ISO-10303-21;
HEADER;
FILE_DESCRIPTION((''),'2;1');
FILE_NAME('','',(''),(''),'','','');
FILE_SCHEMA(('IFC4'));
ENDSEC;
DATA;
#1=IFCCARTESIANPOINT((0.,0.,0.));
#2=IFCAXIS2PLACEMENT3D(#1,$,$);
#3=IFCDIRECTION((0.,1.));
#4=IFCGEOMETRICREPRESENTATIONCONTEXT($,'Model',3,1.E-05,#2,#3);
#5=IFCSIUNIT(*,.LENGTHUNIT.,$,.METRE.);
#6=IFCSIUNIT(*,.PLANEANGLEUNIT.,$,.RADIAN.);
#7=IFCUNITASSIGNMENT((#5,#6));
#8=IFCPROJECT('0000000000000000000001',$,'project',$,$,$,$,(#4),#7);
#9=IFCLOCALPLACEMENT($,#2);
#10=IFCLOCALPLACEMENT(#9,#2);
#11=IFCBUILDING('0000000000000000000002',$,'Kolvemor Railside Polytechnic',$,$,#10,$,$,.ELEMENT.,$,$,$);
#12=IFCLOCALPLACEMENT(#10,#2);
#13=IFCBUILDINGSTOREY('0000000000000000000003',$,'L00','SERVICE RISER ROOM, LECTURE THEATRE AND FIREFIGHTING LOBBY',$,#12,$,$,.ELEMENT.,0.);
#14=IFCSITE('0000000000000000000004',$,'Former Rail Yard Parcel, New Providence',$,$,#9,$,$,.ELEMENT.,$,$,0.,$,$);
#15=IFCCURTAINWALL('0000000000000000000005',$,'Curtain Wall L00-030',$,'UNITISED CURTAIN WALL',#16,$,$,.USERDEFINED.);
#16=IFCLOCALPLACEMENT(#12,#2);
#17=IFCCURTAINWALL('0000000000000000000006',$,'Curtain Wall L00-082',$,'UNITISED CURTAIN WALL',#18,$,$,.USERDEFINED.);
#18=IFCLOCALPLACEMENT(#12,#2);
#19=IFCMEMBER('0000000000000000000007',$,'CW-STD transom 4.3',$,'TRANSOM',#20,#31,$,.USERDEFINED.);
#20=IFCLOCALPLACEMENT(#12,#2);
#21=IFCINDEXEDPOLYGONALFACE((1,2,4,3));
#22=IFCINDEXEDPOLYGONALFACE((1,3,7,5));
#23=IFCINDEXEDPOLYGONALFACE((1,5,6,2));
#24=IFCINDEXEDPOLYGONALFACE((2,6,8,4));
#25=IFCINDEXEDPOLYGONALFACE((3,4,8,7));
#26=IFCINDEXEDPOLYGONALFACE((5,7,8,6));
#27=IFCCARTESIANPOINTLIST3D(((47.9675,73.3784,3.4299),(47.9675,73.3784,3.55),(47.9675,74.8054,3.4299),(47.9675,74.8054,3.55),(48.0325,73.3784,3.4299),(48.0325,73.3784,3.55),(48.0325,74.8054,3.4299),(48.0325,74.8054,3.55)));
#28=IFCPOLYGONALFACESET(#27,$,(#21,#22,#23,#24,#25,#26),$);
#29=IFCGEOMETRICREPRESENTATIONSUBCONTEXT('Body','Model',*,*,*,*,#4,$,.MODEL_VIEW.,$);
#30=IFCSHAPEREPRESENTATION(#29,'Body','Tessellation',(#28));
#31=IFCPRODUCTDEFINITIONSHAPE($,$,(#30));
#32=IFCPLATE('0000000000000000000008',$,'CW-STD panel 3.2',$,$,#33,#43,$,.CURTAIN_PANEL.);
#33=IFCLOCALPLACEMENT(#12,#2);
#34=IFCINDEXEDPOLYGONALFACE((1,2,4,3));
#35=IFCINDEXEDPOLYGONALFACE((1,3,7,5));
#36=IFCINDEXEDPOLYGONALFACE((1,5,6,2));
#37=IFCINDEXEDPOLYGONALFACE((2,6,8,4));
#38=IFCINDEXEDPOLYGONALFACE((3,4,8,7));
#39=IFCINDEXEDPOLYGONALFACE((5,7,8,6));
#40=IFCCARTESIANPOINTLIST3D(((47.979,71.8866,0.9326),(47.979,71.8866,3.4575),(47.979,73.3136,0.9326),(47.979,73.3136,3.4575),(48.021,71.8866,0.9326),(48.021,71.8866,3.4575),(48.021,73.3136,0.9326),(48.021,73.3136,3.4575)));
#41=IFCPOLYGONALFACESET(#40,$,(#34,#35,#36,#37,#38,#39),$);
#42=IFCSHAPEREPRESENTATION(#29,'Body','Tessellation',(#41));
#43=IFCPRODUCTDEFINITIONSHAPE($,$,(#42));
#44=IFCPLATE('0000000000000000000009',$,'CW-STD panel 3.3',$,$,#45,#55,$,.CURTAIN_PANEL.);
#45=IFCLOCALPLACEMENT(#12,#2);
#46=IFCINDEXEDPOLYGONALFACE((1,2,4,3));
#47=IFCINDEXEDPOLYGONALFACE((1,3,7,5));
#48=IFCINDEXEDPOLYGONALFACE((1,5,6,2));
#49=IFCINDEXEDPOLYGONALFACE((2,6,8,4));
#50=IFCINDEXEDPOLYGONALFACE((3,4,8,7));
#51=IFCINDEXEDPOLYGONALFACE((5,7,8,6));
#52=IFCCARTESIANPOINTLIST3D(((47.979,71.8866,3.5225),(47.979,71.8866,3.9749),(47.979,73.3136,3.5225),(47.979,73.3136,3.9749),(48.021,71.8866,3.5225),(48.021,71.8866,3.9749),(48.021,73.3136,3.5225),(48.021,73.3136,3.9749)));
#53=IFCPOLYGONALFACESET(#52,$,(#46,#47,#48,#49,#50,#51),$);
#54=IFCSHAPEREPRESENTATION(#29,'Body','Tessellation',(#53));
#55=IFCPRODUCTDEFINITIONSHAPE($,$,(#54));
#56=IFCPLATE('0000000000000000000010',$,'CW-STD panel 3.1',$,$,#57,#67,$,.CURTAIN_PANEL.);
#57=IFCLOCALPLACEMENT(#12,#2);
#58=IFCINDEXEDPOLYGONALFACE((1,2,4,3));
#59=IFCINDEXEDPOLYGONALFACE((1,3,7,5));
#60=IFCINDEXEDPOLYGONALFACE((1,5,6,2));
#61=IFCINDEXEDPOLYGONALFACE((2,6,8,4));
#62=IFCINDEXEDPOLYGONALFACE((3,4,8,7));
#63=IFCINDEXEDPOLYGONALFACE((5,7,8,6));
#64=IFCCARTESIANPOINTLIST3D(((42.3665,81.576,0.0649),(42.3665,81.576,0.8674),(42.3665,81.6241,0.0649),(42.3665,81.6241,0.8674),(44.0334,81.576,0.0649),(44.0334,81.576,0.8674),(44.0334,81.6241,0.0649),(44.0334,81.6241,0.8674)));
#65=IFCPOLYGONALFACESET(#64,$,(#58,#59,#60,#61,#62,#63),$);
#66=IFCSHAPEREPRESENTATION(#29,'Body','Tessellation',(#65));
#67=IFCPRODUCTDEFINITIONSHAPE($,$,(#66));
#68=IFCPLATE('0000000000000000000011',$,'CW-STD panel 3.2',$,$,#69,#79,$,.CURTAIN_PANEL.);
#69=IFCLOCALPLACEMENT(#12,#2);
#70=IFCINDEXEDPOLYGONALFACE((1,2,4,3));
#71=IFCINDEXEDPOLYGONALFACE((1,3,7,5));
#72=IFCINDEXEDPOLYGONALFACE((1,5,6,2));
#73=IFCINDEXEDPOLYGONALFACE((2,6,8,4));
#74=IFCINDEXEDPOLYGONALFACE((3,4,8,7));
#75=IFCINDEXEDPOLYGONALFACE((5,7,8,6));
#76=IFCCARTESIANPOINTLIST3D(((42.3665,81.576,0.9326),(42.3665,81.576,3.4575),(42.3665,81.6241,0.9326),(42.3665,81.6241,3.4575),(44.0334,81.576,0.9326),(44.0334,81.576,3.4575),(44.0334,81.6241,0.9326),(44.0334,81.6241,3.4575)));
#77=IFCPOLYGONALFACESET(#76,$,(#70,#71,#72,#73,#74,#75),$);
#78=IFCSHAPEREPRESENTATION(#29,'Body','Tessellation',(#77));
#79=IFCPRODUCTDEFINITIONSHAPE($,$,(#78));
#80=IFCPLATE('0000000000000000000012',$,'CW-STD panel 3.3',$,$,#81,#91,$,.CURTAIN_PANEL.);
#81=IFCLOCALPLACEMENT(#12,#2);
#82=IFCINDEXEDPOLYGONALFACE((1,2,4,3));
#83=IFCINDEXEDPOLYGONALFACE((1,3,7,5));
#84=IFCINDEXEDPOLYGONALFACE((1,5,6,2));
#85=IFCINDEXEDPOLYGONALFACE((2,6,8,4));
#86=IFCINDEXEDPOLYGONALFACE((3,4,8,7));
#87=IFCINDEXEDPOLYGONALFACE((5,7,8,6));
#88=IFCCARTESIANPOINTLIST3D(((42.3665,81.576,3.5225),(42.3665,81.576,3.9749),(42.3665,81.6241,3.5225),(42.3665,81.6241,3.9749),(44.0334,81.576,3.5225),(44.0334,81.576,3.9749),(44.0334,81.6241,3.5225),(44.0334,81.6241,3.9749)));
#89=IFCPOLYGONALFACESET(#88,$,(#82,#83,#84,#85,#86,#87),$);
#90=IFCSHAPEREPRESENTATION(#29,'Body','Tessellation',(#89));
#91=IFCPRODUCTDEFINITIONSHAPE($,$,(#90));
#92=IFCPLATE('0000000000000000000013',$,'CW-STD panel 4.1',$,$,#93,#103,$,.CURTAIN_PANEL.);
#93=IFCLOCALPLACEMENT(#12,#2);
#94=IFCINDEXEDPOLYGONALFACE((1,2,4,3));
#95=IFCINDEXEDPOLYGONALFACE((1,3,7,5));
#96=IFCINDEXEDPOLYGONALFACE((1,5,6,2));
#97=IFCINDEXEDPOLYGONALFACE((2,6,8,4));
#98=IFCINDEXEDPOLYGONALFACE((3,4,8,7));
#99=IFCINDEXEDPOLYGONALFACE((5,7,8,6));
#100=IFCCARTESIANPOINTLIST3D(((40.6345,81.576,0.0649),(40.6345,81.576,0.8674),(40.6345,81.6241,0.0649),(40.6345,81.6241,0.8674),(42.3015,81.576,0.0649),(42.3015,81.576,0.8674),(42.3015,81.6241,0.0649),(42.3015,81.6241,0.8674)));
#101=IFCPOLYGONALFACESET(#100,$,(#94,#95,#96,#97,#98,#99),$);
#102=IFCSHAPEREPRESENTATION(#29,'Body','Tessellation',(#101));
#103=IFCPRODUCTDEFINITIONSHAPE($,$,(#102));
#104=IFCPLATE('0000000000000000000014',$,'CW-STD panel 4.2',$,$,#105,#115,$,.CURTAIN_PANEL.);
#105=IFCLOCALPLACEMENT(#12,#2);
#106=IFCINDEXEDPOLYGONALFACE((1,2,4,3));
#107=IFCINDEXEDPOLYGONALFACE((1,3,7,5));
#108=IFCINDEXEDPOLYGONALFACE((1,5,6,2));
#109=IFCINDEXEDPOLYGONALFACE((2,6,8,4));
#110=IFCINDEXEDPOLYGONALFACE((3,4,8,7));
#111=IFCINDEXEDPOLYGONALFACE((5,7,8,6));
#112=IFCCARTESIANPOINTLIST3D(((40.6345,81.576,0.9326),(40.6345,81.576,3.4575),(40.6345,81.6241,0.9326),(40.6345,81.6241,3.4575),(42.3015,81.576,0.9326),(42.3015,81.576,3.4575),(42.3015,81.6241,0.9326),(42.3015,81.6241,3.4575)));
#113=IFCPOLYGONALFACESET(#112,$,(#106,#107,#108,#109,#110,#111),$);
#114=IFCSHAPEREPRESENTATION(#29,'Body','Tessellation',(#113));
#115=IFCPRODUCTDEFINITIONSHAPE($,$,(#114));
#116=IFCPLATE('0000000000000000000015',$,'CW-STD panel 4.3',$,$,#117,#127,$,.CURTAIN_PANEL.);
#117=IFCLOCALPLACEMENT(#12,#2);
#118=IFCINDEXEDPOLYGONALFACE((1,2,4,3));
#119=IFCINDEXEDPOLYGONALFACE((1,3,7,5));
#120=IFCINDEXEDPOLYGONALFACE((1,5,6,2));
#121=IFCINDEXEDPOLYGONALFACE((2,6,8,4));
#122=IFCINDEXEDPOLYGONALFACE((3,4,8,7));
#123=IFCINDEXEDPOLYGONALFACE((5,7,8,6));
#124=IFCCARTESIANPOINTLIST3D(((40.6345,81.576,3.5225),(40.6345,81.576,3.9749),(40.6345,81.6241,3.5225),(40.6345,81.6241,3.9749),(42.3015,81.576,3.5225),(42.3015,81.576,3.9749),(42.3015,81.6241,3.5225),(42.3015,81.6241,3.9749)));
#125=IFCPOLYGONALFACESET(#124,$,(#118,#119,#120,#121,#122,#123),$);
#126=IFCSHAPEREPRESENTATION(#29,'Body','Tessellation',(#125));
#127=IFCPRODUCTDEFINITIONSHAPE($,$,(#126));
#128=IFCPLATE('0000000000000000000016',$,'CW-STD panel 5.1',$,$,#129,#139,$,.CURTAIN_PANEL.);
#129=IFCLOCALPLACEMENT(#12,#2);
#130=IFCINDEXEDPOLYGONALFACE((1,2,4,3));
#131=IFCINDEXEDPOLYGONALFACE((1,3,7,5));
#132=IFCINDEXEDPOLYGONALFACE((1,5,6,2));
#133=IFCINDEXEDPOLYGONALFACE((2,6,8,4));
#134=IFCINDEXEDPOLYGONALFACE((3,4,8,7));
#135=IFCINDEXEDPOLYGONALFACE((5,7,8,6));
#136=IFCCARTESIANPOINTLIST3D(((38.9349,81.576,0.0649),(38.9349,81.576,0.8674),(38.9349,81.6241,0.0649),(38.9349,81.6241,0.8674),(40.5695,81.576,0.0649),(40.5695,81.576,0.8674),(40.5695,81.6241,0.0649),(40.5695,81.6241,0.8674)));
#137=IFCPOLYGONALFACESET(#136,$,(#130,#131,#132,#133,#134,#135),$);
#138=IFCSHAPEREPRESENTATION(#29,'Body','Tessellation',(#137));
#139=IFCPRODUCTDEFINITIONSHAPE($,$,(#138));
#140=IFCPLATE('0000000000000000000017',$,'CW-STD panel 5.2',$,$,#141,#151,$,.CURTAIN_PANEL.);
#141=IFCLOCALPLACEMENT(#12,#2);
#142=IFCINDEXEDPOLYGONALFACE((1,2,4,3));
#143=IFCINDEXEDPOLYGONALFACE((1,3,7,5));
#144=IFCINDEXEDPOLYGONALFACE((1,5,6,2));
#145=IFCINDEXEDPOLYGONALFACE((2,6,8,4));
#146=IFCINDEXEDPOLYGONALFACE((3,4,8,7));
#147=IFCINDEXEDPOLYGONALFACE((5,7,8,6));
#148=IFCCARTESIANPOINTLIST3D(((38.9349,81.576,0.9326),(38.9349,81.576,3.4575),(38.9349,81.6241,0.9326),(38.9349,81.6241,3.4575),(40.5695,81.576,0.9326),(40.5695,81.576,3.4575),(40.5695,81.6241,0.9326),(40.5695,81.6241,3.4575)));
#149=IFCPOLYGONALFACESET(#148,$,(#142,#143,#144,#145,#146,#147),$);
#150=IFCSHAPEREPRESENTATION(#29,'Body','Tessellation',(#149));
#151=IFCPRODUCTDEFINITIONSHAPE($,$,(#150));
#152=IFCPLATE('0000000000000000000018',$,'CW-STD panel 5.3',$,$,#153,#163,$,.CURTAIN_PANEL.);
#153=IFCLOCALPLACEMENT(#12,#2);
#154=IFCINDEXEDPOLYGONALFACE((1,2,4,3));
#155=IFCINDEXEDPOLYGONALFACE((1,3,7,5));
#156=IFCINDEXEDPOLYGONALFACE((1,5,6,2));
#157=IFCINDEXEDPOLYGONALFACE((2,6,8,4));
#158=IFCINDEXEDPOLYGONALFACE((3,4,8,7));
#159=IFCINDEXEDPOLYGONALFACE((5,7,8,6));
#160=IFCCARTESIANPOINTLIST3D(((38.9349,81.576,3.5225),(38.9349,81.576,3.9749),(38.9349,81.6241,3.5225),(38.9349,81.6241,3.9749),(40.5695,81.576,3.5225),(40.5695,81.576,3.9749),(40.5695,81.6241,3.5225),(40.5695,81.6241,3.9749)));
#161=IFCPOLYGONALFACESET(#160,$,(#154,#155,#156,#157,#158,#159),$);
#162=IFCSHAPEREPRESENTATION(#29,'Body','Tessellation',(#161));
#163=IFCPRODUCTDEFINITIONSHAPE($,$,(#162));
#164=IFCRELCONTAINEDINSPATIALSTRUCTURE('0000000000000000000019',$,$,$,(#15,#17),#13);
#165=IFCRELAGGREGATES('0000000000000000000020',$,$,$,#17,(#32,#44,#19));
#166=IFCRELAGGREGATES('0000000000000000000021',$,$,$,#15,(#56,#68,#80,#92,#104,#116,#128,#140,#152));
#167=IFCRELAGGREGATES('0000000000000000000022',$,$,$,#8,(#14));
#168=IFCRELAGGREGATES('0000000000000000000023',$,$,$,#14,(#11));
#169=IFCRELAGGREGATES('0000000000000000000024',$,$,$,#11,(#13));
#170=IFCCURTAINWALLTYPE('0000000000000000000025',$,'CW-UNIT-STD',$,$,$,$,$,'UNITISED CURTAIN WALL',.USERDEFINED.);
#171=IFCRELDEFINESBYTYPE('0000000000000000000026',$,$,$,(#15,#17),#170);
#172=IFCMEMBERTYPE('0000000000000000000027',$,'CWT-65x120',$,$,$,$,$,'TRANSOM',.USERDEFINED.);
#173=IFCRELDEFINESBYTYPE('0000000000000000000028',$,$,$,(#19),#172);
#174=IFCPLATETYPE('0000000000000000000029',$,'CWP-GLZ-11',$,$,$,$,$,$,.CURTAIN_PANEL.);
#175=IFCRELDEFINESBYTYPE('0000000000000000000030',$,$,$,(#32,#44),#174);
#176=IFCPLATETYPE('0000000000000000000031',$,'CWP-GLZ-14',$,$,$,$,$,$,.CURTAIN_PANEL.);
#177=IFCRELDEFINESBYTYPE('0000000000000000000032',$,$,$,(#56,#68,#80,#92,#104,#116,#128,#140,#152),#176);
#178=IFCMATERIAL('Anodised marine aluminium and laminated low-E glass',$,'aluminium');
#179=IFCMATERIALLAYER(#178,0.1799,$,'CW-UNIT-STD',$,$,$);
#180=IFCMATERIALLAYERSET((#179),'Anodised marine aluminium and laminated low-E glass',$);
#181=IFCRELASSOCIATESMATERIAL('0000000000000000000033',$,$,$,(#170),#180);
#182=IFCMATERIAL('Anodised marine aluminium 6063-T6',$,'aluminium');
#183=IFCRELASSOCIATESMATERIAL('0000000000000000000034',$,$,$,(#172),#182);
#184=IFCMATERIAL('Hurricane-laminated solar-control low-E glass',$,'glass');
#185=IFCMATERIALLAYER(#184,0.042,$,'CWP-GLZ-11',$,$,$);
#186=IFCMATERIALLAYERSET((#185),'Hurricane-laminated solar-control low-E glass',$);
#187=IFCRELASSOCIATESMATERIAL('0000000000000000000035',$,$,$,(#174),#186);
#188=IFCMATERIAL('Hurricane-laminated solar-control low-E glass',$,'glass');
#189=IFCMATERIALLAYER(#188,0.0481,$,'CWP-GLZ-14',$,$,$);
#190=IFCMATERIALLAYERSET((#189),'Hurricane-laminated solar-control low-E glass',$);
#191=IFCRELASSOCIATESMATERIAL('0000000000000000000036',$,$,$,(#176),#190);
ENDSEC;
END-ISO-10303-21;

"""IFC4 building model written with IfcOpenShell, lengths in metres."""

from ifc_helpers import new_model, si_unit, direction, frame, origin, origin_2d, place, context, subcontext, project, spatial, rectangle, extrude, material, layer, layer_set, material_profile, profile_set, type_object, element, aggregate, save


model = new_model("IFC4")

# Units and contexts
model_context = context("Model", 3, precision=1e-05, world=origin(), true_north=direction((0.0, 1.0)))
body_context = subcontext(model_context, "Body", "Model", "MODEL_VIEW")
ifc_project = project(units=[si_unit("LENGTHUNIT", "METRE"), si_unit("PLANEANGLEUNIT", "RADIAN")], contexts=[model_context])

# Site, building, storey
site_placement = place(None, origin())
site = spatial("IfcSite", under=ifc_project, at=site_placement, Name="Former Rail Yard Parcel, New Providence", CompositionType="ELEMENT", RefElevation=0.0)
building_placement = place(site_placement, origin())
building = spatial("IfcBuilding", under=site, at=building_placement, Name="Kolvemor Railside Polytechnic", CompositionType="ELEMENT")
storey_placement = place(building_placement, origin())
storey = spatial("IfcBuildingStorey", under=building, at=storey_placement, Name="L00", Description="SERVICE RISER ROOM, LECTURE THEATRE AND FIREFIGHTING LOBBY", CompositionType="ELEMENT", Elevation=0.0)

# Curtain wall
ifc_material_1 = material(Name="Anodised marine aluminium and laminated low-E glass", Category="aluminium")
ifc_layer_1 = layer(ifc_material_1, 0.1799, Name="CW-UNIT-STD")
ifc_layer_set_1 = layer_set([ifc_layer_1], Name="Anodised marine aluminium and laminated low-E glass")
curtain_wall_type = type_object("IfcCurtainWallType", Name="CW-UNIT-STD", ElementType="UNITISED CURTAIN WALL", PredefinedType="USERDEFINED", material=ifc_layer_set_1)
curtain_wall_1_placement = place(storey_placement, origin())
curtain_wall_1 = element("IfcCurtainWall", 1, at=curtain_wall_1_placement, inside=storey, type_object=curtain_wall_type, Name="Curtain Wall L00-030", ObjectType="UNITISED CURTAIN WALL", PredefinedType="USERDEFINED")

# Curtain wall
curtain_wall_2_placement = place(storey_placement, origin())
curtain_wall_2 = element("IfcCurtainWall", 2, at=curtain_wall_2_placement, inside=storey, type_object=curtain_wall_type, Name="Curtain Wall L00-082", ObjectType="UNITISED CURTAIN WALL", PredefinedType="USERDEFINED")

# Member
ifc_material_2 = material(Name="Anodised marine aluminium 6063-T6", Category="aluminium")
ifc_material_profile_1 = material_profile(ifc_material_2, rectangle(XDim=0.0649, YDim=0.1201, at=origin_2d()), Name="CW-TRN-65x120")
ifc_profile_set_1 = profile_set([ifc_material_profile_1], Name="Anodised marine aluminium 6063-T6")
member_type_1 = type_object("IfcMemberType", Name="CWT-65x120", ElementType="TRANSOM", PredefinedType="USERDEFINED", material=ifc_profile_set_1)
member_1_placement = place(storey_placement, frame((48.0, 73.3784, 3.49), z_axis=(0.0, 1.0, 0.0), x_axis=(-1.0, 0.0, 0.0)))
member_1 = element("IfcMember", 3, at=member_1_placement, type_object=member_type_1, Name="CW-STD transom 4.3", ObjectType="TRANSOM", PredefinedType="USERDEFINED", context=body_context, shape_type="SweptSolid", body=[
    extrude(rectangle(XDim=0.0649, YDim=0.1201, at=origin_2d()), origin(), (0.0, 0.0, 1.0), 1.427),
])

# Plates
ifc_material_3 = material(Name="Hurricane-laminated solar-control low-E glass", Category="glass")
ifc_layer_2 = layer(ifc_material_3, 0.042, Name="CWP-GLZ-11")
ifc_layer_set_2 = layer_set([ifc_layer_2], Name="Hurricane-laminated solar-control low-E glass")
plate_type_1 = type_object("IfcPlateType", Name="CWP-GLZ-11", PredefinedType="CURTAIN_PANEL", material=ifc_layer_set_2)
plate_1_placement = place(storey_placement, frame((48.0, 72.6001, 0.9326), z_axis=(0.0, 0.0, 1.0), x_axis=(0.0, 1.0, 0.0)))
plate_1 = element("IfcPlate", 4, at=plate_1_placement, type_object=plate_type_1, Name="CW-STD panel 3.2", PredefinedType="CURTAIN_PANEL", context=body_context, shape_type="SweptSolid", body=[
    extrude(rectangle(XDim=1.427, YDim=0.042, at=origin_2d()), origin(), (0.0, 0.0, 1.0), 2.5249),
])
plate_2_placement = place(storey_placement, frame((48.0, 72.6001, 3.5225), z_axis=(0.0, 0.0, 1.0), x_axis=(0.0, 1.0, 0.0)))
plate_2 = element("IfcPlate", 5, at=plate_2_placement, type_object=plate_type_1, Name="CW-STD panel 3.3", PredefinedType="CURTAIN_PANEL", context=body_context, shape_type="SweptSolid", body=[
    extrude(rectangle(XDim=1.427, YDim=0.042, at=origin_2d()), origin(), (0.0, 0.0, 1.0), 0.4524),
])
aggregate(curtain_wall_2, [plate_1, plate_2, member_1])
ifc_material_4 = material(Name="Hurricane-laminated solar-control low-E glass", Category="glass")
ifc_layer_3 = layer(ifc_material_4, 0.0481, Name="CWP-GLZ-14")
ifc_layer_set_3 = layer_set([ifc_layer_3], Name="Hurricane-laminated solar-control low-E glass")
plate_type_2 = type_object("IfcPlateType", Name="CWP-GLZ-14", PredefinedType="CURTAIN_PANEL", material=ifc_layer_set_3)
plate_3_placement = place(storey_placement, frame((43.2, 81.6001, 0.0649), z_axis=(0.0, 0.0, 1.0), x_axis=(-1.0, 0.0, 0.0)))
plate_3 = element("IfcPlate", 6, at=plate_3_placement, type_object=plate_type_2, Name="CW-STD panel 3.1", PredefinedType="CURTAIN_PANEL", context=body_context, shape_type="SweptSolid", body=[
    extrude(rectangle(XDim=1.667, YDim=0.0481, at=origin_2d()), origin(), (0.0, 0.0, 1.0), 0.8025),
])
plate_4_placement = place(storey_placement, frame((43.2, 81.6001, 0.9326), z_axis=(0.0, 0.0, 1.0), x_axis=(-1.0, 0.0, 0.0)))
plate_4 = element("IfcPlate", 7, at=plate_4_placement, type_object=plate_type_2, Name="CW-STD panel 3.2", PredefinedType="CURTAIN_PANEL", context=body_context, shape_type="SweptSolid", body=[
    extrude(rectangle(XDim=1.667, YDim=0.0481, at=origin_2d()), origin(), (0.0, 0.0, 1.0), 2.5249),
])
plate_5_placement = place(storey_placement, frame((43.2, 81.6001, 3.5225), z_axis=(0.0, 0.0, 1.0), x_axis=(-1.0, 0.0, 0.0)))
plate_5 = element("IfcPlate", 8, at=plate_5_placement, type_object=plate_type_2, Name="CW-STD panel 3.3", PredefinedType="CURTAIN_PANEL", context=body_context, shape_type="SweptSolid", body=[
    extrude(rectangle(XDim=1.667, YDim=0.0481, at=origin_2d()), origin(), (0.0, 0.0, 1.0), 0.4524),
])
plate_6_placement = place(storey_placement, frame((41.468, 81.6001, 0.0649), z_axis=(0.0, 0.0, 1.0), x_axis=(-1.0, 0.0, 0.0)))
plate_6 = element("IfcPlate", 9, at=plate_6_placement, type_object=plate_type_2, Name="CW-STD panel 4.1", PredefinedType="CURTAIN_PANEL", context=body_context, shape_type="SweptSolid", body=[
    extrude(rectangle(XDim=1.667, YDim=0.0481, at=origin_2d()), origin(), (0.0, 0.0, 1.0), 0.8025),
])
plate_7_placement = place(storey_placement, frame((41.468, 81.6001, 0.9326), z_axis=(0.0, 0.0, 1.0), x_axis=(-1.0, 0.0, 0.0)))
plate_7 = element("IfcPlate", 10, at=plate_7_placement, type_object=plate_type_2, Name="CW-STD panel 4.2", PredefinedType="CURTAIN_PANEL", context=body_context, shape_type="SweptSolid", body=[
    extrude(rectangle(XDim=1.667, YDim=0.0481, at=origin_2d()), origin(), (0.0, 0.0, 1.0), 2.5249),
])
plate_8_placement = place(storey_placement, frame((41.468, 81.6001, 3.5225), z_axis=(0.0, 0.0, 1.0), x_axis=(-1.0, 0.0, 0.0)))
plate_8 = element("IfcPlate", 11, at=plate_8_placement, type_object=plate_type_2, Name="CW-STD panel 4.3", PredefinedType="CURTAIN_PANEL", context=body_context, shape_type="SweptSolid", body=[
    extrude(rectangle(XDim=1.667, YDim=0.0481, at=origin_2d()), origin(), (0.0, 0.0, 1.0), 0.4524),
])
plate_9_placement = place(storey_placement, frame((39.7522, 81.6001, 0.0649), z_axis=(0.0, 0.0, 1.0), x_axis=(-1.0, 0.0, 0.0)))
plate_9 = element("IfcPlate", 12, at=plate_9_placement, type_object=plate_type_2, Name="CW-STD panel 5.1", PredefinedType="CURTAIN_PANEL", context=body_context, shape_type="SweptSolid", body=[
    extrude(rectangle(XDim=1.6345, YDim=0.0481, at=origin_2d()), origin(), (0.0, 0.0, 1.0), 0.8025),
])
plate_10_placement = place(storey_placement, frame((39.7522, 81.6001, 0.9326), z_axis=(0.0, 0.0, 1.0), x_axis=(-1.0, 0.0, 0.0)))
plate_10 = element("IfcPlate", 13, at=plate_10_placement, type_object=plate_type_2, Name="CW-STD panel 5.2", PredefinedType="CURTAIN_PANEL", context=body_context, shape_type="SweptSolid", body=[
    extrude(rectangle(XDim=1.6345, YDim=0.0481, at=origin_2d()), origin(), (0.0, 0.0, 1.0), 2.5249),
])
plate_11_placement = place(storey_placement, frame((39.7522, 81.6001, 3.5225), z_axis=(0.0, 0.0, 1.0), x_axis=(-1.0, 0.0, 0.0)))
plate_11 = element("IfcPlate", 14, at=plate_11_placement, type_object=plate_type_2, Name="CW-STD panel 5.3", PredefinedType="CURTAIN_PANEL", context=body_context, shape_type="SweptSolid", body=[
    extrude(rectangle(XDim=1.6345, YDim=0.0481, at=origin_2d()), origin(), (0.0, 0.0, 1.0), 0.4524),
])
aggregate(curtain_wall_1, [plate_3, plate_4, plate_5, plate_6, plate_7, plate_8, plate_9, plate_10, plate_11])

save(model, "model.ifc")
